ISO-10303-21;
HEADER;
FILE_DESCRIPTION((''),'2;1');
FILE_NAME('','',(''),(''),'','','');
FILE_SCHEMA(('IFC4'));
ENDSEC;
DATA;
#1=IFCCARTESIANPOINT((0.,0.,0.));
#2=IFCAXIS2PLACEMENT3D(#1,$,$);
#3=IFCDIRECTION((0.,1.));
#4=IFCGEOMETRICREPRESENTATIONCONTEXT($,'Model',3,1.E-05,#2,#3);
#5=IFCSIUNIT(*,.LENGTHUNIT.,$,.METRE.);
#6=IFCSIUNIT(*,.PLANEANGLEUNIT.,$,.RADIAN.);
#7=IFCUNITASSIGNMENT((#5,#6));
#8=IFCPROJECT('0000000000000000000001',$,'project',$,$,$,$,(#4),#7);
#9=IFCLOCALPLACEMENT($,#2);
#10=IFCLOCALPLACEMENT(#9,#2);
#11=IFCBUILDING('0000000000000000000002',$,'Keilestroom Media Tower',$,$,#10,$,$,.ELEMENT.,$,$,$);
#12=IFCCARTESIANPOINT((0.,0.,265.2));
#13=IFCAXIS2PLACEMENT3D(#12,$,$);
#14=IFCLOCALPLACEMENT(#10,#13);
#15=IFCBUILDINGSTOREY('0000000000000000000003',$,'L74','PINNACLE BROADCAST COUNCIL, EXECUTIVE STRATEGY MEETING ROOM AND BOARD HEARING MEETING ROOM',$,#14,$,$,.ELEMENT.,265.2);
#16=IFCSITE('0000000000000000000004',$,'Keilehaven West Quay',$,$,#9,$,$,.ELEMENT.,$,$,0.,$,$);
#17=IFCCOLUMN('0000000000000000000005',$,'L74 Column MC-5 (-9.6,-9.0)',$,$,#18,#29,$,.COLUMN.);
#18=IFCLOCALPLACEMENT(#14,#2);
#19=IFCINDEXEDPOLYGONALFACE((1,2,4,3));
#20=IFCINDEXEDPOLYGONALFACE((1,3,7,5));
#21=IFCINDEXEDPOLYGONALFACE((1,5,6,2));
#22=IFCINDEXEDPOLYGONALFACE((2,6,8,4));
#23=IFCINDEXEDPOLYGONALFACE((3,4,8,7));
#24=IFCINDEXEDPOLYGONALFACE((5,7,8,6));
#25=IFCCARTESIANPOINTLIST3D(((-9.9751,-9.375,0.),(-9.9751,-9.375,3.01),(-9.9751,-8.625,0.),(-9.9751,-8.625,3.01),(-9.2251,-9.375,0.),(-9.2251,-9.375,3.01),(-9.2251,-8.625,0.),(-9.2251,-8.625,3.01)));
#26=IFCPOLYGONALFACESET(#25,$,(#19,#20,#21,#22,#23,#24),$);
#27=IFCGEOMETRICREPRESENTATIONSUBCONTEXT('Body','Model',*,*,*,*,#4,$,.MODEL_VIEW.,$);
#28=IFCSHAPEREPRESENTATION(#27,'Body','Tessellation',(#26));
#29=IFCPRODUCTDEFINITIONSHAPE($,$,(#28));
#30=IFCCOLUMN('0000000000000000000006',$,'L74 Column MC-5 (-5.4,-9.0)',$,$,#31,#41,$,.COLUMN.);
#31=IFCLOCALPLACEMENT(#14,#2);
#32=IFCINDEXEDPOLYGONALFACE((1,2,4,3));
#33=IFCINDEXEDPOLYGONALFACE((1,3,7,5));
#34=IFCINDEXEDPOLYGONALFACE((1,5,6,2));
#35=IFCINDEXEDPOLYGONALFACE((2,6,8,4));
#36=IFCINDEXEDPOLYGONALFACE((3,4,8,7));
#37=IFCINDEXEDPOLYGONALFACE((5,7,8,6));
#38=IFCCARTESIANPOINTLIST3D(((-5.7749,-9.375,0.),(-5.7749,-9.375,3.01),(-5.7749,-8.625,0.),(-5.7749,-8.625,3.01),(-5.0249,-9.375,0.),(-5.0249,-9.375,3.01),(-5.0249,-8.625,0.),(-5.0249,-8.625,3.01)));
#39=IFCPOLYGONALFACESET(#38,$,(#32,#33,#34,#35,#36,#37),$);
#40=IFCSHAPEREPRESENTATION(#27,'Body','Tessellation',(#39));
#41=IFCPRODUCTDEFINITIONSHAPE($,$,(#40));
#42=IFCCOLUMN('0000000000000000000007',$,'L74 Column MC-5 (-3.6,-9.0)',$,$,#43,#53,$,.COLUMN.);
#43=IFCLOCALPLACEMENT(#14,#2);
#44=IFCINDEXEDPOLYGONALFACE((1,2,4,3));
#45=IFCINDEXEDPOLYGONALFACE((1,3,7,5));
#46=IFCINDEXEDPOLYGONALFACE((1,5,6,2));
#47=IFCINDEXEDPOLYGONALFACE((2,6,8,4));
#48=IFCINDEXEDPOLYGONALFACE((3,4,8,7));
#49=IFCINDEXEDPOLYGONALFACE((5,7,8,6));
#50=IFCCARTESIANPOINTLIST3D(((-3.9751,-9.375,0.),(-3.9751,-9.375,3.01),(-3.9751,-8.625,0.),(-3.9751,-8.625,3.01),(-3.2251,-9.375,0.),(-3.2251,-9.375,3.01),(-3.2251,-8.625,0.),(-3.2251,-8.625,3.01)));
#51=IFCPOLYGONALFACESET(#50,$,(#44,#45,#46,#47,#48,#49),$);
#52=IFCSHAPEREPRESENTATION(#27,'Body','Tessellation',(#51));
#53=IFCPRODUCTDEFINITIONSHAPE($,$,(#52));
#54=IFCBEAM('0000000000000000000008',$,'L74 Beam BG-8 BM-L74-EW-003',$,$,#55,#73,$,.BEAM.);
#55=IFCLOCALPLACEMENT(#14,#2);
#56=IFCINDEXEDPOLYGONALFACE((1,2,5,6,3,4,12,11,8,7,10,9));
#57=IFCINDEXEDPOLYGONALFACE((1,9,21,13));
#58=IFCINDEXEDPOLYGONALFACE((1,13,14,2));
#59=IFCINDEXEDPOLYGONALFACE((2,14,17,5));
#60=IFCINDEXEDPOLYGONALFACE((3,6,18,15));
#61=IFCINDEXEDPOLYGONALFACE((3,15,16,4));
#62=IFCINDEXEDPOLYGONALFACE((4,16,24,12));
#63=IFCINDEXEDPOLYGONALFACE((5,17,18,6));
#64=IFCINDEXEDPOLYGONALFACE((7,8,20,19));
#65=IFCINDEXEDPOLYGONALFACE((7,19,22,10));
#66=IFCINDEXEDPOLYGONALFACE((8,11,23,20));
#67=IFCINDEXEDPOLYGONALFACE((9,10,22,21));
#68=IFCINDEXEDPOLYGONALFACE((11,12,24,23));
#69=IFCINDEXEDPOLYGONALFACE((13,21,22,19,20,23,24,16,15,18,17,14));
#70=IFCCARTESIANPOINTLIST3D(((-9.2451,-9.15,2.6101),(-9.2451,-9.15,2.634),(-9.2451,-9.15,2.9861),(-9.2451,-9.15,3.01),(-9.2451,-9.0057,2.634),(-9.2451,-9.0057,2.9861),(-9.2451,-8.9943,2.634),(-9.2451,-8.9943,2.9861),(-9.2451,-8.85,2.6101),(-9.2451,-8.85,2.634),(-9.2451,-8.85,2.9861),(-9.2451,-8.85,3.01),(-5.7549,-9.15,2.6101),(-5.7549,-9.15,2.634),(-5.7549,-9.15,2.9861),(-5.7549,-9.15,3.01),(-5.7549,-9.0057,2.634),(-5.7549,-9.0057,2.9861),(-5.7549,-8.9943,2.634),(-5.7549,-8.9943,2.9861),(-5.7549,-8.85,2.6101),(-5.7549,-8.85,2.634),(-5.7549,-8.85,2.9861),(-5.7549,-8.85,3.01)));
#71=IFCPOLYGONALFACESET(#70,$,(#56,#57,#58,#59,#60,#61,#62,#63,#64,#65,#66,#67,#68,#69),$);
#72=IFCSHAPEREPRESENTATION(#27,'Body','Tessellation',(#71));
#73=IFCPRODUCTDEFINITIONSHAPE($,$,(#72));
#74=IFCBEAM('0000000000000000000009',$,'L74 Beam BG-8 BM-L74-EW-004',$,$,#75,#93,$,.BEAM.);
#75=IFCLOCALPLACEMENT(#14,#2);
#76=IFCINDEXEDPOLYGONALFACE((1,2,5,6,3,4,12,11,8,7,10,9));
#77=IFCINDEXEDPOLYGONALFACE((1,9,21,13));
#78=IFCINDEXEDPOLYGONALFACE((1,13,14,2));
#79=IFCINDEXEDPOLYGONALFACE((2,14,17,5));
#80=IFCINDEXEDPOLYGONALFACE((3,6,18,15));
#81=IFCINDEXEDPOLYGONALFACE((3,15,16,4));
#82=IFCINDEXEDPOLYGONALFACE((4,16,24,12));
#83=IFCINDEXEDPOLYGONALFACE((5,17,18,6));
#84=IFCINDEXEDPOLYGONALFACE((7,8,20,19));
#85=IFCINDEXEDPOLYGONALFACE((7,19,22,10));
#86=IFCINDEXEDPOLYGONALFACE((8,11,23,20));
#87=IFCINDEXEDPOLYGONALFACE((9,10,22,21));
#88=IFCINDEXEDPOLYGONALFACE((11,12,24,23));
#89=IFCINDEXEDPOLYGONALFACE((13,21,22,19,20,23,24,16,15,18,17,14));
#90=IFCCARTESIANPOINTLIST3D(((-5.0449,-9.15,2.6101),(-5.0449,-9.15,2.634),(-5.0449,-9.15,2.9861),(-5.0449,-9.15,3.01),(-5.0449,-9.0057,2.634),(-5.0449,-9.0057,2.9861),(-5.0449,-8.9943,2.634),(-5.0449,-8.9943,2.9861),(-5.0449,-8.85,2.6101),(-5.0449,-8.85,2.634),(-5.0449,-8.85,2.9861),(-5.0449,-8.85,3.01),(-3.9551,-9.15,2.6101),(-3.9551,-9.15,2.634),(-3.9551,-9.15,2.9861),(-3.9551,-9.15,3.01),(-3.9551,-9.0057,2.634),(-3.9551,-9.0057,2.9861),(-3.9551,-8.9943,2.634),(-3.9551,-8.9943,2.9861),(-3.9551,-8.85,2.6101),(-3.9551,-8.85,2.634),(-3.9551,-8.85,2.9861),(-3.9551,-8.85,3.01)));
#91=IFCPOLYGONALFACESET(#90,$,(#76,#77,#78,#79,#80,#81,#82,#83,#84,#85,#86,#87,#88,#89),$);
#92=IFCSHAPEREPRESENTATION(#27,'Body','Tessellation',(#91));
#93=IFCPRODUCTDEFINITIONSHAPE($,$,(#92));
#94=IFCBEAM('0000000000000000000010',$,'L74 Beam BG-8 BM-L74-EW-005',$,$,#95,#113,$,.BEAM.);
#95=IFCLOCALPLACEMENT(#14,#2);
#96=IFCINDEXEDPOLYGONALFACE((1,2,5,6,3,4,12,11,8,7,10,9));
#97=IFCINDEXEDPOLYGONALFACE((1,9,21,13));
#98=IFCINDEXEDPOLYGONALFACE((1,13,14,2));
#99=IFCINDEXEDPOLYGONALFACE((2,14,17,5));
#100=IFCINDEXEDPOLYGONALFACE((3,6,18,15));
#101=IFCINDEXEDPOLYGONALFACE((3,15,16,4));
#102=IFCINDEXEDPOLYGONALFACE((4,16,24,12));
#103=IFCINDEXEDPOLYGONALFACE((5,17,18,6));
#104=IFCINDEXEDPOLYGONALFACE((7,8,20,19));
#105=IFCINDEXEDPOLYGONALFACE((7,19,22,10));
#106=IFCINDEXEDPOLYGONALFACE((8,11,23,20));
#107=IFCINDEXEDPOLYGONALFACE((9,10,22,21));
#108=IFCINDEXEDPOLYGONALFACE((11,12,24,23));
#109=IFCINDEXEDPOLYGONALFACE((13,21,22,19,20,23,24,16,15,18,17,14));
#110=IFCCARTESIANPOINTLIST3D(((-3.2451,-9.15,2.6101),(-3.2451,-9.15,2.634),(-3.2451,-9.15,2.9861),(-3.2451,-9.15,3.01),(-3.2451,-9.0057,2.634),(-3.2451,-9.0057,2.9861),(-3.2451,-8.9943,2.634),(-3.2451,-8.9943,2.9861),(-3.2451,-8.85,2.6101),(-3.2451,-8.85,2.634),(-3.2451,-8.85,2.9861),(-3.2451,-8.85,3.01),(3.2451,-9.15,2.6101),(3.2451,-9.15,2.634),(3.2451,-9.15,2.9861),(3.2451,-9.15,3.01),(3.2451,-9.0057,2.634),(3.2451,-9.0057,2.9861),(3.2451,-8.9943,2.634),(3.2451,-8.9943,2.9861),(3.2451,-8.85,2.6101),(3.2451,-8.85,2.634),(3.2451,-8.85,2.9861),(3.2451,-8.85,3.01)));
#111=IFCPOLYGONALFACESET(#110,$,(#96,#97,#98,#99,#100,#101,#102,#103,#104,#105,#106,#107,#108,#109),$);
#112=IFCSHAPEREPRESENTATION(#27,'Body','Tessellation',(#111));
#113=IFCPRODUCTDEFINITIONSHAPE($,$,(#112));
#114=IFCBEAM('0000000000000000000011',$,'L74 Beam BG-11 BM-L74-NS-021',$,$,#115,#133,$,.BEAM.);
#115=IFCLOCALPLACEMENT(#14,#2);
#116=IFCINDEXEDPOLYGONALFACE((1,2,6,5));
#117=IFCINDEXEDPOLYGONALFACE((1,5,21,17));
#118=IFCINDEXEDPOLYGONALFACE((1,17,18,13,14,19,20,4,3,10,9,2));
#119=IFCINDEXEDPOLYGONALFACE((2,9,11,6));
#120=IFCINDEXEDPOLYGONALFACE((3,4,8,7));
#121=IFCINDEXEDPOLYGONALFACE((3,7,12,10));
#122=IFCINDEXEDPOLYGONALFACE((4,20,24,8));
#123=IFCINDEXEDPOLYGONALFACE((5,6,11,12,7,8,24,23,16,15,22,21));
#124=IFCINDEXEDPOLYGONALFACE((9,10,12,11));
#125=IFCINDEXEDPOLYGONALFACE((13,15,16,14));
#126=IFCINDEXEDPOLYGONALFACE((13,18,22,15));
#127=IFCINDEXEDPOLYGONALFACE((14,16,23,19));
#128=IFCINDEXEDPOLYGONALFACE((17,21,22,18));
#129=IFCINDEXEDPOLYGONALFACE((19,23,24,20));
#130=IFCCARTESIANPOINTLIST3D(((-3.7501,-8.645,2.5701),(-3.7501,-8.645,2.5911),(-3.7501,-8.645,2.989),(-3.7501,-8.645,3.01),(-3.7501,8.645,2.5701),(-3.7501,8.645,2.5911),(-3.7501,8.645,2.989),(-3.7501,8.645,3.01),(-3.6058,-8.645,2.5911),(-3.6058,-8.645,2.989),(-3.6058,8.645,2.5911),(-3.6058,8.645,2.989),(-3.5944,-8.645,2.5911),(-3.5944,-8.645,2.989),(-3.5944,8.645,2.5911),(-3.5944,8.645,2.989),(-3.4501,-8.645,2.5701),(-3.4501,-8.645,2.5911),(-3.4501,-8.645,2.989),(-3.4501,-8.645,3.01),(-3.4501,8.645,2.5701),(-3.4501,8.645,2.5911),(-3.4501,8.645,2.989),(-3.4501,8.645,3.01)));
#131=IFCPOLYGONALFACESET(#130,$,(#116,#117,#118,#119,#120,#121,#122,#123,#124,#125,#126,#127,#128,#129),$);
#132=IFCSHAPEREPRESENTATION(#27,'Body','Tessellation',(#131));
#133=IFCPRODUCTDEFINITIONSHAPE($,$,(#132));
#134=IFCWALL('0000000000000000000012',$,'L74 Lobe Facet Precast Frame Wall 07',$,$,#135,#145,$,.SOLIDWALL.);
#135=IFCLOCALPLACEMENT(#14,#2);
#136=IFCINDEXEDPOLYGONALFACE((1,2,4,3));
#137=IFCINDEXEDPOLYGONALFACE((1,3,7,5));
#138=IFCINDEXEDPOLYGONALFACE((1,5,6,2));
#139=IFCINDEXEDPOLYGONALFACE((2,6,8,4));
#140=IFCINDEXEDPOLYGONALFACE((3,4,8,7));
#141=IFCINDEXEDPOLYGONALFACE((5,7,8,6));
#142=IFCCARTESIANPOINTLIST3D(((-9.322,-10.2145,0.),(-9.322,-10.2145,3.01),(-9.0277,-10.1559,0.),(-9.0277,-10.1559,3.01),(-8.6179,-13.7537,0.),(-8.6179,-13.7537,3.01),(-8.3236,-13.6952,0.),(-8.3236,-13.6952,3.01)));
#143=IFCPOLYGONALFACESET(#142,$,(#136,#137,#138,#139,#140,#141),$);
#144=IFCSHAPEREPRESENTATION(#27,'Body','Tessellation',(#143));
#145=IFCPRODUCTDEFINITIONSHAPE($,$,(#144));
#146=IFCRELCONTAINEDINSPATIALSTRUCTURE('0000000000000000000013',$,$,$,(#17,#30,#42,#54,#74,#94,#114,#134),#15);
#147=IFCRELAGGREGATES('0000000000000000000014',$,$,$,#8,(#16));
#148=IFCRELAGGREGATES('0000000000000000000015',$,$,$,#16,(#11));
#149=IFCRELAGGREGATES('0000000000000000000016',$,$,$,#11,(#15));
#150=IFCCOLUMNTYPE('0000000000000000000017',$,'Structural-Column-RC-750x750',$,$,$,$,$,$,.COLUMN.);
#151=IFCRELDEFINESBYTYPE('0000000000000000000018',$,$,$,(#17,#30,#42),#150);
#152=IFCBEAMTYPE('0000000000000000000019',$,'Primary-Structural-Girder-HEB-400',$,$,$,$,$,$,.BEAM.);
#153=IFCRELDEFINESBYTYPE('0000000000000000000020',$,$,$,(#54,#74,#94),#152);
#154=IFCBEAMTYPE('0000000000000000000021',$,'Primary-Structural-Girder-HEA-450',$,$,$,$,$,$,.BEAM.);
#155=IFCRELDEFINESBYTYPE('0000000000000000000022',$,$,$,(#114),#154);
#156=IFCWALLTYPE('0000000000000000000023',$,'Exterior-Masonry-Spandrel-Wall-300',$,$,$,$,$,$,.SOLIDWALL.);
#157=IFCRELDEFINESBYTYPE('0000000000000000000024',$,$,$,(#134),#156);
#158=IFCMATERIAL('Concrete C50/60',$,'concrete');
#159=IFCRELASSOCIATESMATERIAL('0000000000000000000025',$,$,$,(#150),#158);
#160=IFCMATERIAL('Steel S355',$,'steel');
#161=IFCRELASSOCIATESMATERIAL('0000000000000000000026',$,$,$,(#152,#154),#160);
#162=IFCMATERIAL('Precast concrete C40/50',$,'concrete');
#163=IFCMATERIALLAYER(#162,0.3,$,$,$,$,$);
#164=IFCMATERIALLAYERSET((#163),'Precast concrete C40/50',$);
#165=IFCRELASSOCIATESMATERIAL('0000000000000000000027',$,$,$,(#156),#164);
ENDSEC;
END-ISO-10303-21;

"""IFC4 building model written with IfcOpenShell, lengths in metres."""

from ifc_helpers import new_model, si_unit, direction, frame, frame_2d, origin, origin_2d, place, context, subcontext, project, spatial, rectangle, i_section, extrude, source, transform, mapped, material, layer, layer_set, material_profile, profile_set, type_object, element, save


model = new_model("IFC4")

# Units and contexts
model_context = context("Model", 3, precision=1e-05, world=origin(), true_north=direction((0.0, 1.0)))
body_context = subcontext(model_context, "Body", "Model", "MODEL_VIEW")
ifc_project = project(units=[si_unit("LENGTHUNIT", "METRE"), si_unit("PLANEANGLEUNIT", "RADIAN")], contexts=[model_context])

# Site, building, storey
site_placement = place(None, origin())
site = spatial("IfcSite", under=ifc_project, at=site_placement, Name="Keilehaven West Quay", CompositionType="ELEMENT", RefElevation=0.0)
building_placement = place(site_placement, origin())
building = spatial("IfcBuilding", under=site, at=building_placement, Name="Keilestroom Media Tower", CompositionType="ELEMENT")
storey_placement = place(building_placement, frame((0.0, 0.0, 265.2)))
storey = spatial("IfcBuildingStorey", under=building, at=storey_placement, Name="L74", Description="PINNACLE BROADCAST COUNCIL, EXECUTIVE STRATEGY MEETING ROOM AND BOARD HEARING MEETING ROOM", CompositionType="ELEMENT", Elevation=265.2)

# Columns
ifc_material_1 = material(Name="Concrete C50/60", Category="concrete")
ifc_material_profile_1 = material_profile(ifc_material_1, rectangle(XDim=0.75, YDim=0.75, at=origin_2d()), Name="RC 750x750")
ifc_profile_set_1 = profile_set([ifc_material_profile_1], Name="Concrete C50/60")
column_type = type_object("IfcColumnType", Name="Structural-Column-RC-750x750", PredefinedType="COLUMN", material=ifc_profile_set_1)
shared_shape_1 = source(origin(), body_context, "Body", "SweptSolid", [
    extrude(rectangle(XDim=0.75, YDim=0.75, at=origin_2d()), origin(), (0.0, 0.0, 1.0), 3.01),
])
for number, where, z_axis, x_axis, name in (
    (1, (-9.6001, -9.0, 0.0), (0.0, 0.0, 1.0), (1.0, 0.0, 0.0), "L74 Column MC-5 (-9.6,-9.0)"),
    (2, (-5.3999, -9.0, 0.0), (0.0, 0.0, 1.0), (1.0, 0.0, 0.0), "L74 Column MC-5 (-5.4,-9.0)"),
    (3, (-3.6001, -9.0, 0.0), (0.0, 0.0, 1.0), (1.0, 0.0, 0.0), "L74 Column MC-5 (-3.6,-9.0)"),
):
    element("IfcColumn", number, at=place(storey_placement, frame(where, z_axis=z_axis, x_axis=x_axis)), inside=storey, type_object=column_type, Name=name, PredefinedType="COLUMN", context=body_context, shape_type="MappedRepresentation", body=[
        mapped(shared_shape_1, transform((0.0, 0.0, 0.0), x_axis=(1.0, 0.0, 0.0), y_axis=(0.0, 1.0, 0.0), z_axis=(0.0, 0.0, 1.0), scale=1.0)),
    ])

# Beams
ifc_material_2 = material(Name="Steel S355", Category="steel")
ifc_material_profile_2 = material_profile(ifc_material_2, i_section(OverallWidth=0.3, OverallDepth=0.3999, WebThickness=0.0115, FlangeThickness=0.0239, at=origin_2d()), Name="HEB 400")
ifc_profile_set_2 = profile_set([ifc_material_profile_2], Name="Steel S355")
beam_type_1 = type_object("IfcBeamType", Name="Primary-Structural-Girder-HEB-400", PredefinedType="BEAM", material=ifc_profile_set_2)
shared_shape_2 = source(origin(), body_context, "Body", "SweptSolid", [
    extrude(i_section(OverallWidth=0.3, OverallDepth=0.3999, WebThickness=0.0115, FlangeThickness=0.0239, at=origin_2d()), origin(), (0.0, 0.0, 1.0), 3.4902),
])
beam_1_placement = place(storey_placement, frame((-9.2451, -9.0, 2.8101), z_axis=(1.0, 0.0, 0.0), x_axis=(0.0, 1.0, 0.0)))
element("IfcBeam", 4, at=beam_1_placement, inside=storey, type_object=beam_type_1, Name="L74 Beam BG-8 BM-L74-EW-003", PredefinedType="BEAM", context=body_context, shape_type="MappedRepresentation", body=[
    mapped(shared_shape_2, transform((0.0, 0.0, 0.0), x_axis=(1.0, 0.0, 0.0), y_axis=(0.0, 1.0, 0.0), z_axis=(0.0, 0.0, 1.0), scale=1.0)),
])
shared_shape_3 = source(origin(), body_context, "Body", "SweptSolid", [
    extrude(i_section(OverallWidth=0.3, OverallDepth=0.3999, WebThickness=0.0115, FlangeThickness=0.0239, at=origin_2d()), origin(), (0.0, 0.0, 1.0), 1.0898),
])
beam_2_placement = place(storey_placement, frame((-5.0449, -9.0, 2.8101), z_axis=(1.0, 0.0, 0.0), x_axis=(0.0, 1.0, 0.0)))
element("IfcBeam", 5, at=beam_2_placement, inside=storey, type_object=beam_type_1, Name="L74 Beam BG-8 BM-L74-EW-004", PredefinedType="BEAM", context=body_context, shape_type="MappedRepresentation", body=[
    mapped(shared_shape_3, transform((0.0, 0.0, 0.0), x_axis=(1.0, 0.0, 0.0), y_axis=(0.0, 1.0, 0.0), z_axis=(0.0, 0.0, 1.0), scale=1.0)),
])
shared_shape_4 = source(origin(), body_context, "Body", "SweptSolid", [
    extrude(i_section(OverallWidth=0.3, OverallDepth=0.3999, WebThickness=0.0115, FlangeThickness=0.0239, at=origin_2d()), origin(), (0.0, 0.0, 1.0), 6.4902),
])
beam_3_placement = place(storey_placement, frame((-3.2451, -9.0, 2.8101), z_axis=(1.0, 0.0, 0.0), x_axis=(0.0, 1.0, 0.0)))
element("IfcBeam", 6, at=beam_3_placement, inside=storey, type_object=beam_type_1, Name="L74 Beam BG-8 BM-L74-EW-005", PredefinedType="BEAM", context=body_context, shape_type="MappedRepresentation", body=[
    mapped(shared_shape_4, transform((0.0, 0.0, 0.0), x_axis=(1.0, 0.0, 0.0), y_axis=(0.0, 1.0, 0.0), z_axis=(0.0, 0.0, 1.0), scale=1.0)),
])
ifc_material_profile_3 = material_profile(ifc_material_2, i_section(OverallWidth=0.3, OverallDepth=0.4399, WebThickness=0.0115, FlangeThickness=0.021, at=origin_2d()), Name="HEA 450")
ifc_profile_set_3 = profile_set([ifc_material_profile_3], Name="Steel S355")
beam_type_2 = type_object("IfcBeamType", Name="Primary-Structural-Girder-HEA-450", PredefinedType="BEAM", material=ifc_profile_set_3)
shared_shape_5 = source(origin(), body_context, "Body", "SweptSolid", [
    extrude(i_section(OverallWidth=0.3, OverallDepth=0.4399, WebThickness=0.0115, FlangeThickness=0.021, at=origin_2d()), origin(), (0.0, 0.0, 1.0), 17.29),
])
beam_4_placement = place(storey_placement, frame((-3.6001, -8.645, 2.79), z_axis=(0.0, 1.0, 0.0), x_axis=(-1.0, 0.0, 0.0)))
element("IfcBeam", 7, at=beam_4_placement, inside=storey, type_object=beam_type_2, Name="L74 Beam BG-11 BM-L74-NS-021", PredefinedType="BEAM", context=body_context, shape_type="MappedRepresentation", body=[
    mapped(shared_shape_5, transform((0.0, 0.0, 0.0), x_axis=(1.0, 0.0, 0.0), y_axis=(0.0, 1.0, 0.0), z_axis=(0.0, 0.0, 1.0), scale=1.0)),
])

# Wall
ifc_material_3 = material(Name="Precast concrete C40/50", Category="concrete")
ifc_layer_1 = layer(ifc_material_3, 0.3)
ifc_layer_set_1 = layer_set([ifc_layer_1], Name="Precast concrete C40/50")
wall_type_1 = type_object("IfcWallType", Name="Exterior-Masonry-Spandrel-Wall-300", PredefinedType="SOLIDWALL", material=ifc_layer_set_1)
wall_1_placement = place(storey_placement, frame((-9.1748, -10.1853, 0.0), z_axis=(0.0, 0.0, 1.0), x_axis=(0.195114, -0.980781, 0.0)))
element("IfcWall", 8, at=wall_1_placement, inside=storey, type_object=wall_type_1, Name="L74 Lobe Facet Precast Frame Wall 07", PredefinedType="SOLIDWALL", context=body_context, shape_type="SweptSolid", body=[
    extrude(rectangle(XDim=3.6086, YDim=0.3, at=frame_2d((1.8042, 0.0))), origin(), (0.0, 0.0, 1.0), 3.01),
])

save(model, "model.ifc")
